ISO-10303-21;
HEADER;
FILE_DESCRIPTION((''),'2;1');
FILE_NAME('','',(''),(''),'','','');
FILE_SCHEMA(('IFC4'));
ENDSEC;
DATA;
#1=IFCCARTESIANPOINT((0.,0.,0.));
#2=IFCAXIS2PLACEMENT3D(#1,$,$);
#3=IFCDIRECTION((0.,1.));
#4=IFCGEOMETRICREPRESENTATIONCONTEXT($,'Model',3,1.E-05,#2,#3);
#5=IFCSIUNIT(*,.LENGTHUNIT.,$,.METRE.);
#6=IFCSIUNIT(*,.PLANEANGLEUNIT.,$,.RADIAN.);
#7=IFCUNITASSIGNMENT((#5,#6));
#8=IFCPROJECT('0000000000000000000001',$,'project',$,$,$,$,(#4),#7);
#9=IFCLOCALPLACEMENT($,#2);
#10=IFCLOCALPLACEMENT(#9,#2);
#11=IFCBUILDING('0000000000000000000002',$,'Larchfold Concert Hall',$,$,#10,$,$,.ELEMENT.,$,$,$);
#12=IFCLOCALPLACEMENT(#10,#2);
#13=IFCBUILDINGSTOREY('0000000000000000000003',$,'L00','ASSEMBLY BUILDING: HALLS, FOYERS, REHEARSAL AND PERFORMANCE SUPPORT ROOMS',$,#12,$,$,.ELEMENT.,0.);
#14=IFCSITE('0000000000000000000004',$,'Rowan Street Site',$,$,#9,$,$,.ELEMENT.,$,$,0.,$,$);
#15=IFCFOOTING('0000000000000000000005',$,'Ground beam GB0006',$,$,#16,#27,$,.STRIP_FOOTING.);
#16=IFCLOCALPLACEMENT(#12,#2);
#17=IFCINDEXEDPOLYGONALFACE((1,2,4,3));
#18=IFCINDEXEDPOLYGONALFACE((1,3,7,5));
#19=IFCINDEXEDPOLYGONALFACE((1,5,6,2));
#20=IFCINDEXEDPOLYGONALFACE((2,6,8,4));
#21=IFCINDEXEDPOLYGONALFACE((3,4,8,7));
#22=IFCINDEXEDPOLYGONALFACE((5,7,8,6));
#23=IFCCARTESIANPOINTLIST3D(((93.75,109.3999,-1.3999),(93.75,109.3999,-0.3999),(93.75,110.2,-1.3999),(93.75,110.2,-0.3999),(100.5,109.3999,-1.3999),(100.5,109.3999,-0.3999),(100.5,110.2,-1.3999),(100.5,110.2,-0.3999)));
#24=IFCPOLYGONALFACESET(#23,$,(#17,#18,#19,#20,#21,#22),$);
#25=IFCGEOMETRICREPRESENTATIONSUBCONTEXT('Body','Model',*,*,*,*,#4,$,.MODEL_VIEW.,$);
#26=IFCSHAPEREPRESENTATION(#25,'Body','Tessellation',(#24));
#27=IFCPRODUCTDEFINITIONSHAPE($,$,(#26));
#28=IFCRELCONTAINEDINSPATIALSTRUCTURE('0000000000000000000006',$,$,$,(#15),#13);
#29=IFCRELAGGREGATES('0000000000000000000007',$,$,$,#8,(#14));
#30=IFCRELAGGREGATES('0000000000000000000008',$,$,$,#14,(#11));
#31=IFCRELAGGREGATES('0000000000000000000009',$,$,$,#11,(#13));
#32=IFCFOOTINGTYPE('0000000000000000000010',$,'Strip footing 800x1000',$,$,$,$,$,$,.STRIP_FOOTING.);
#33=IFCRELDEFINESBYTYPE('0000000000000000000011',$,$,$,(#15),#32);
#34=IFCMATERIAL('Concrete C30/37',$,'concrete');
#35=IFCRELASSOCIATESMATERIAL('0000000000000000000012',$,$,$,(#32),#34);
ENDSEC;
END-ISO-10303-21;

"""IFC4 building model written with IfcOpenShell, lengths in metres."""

from ifc_helpers import new_model, si_unit, direction, frame, origin, place, context, subcontext, project, spatial, polyline, outline, extrude, material, type_object, element, save


model = new_model("IFC4")

# Units and contexts
model_context = context("Model", 3, precision=1e-05, world=origin(), true_north=direction((0.0, 1.0)))
body_context = subcontext(model_context, "Body", "Model", "MODEL_VIEW")
ifc_project = project(units=[si_unit("LENGTHUNIT", "METRE"), si_unit("PLANEANGLEUNIT", "RADIAN")], contexts=[model_context])

# Site, building, storey
site_placement = place(None, origin())
site = spatial("IfcSite", under=ifc_project, at=site_placement, Name="Rowan Street Site", CompositionType="ELEMENT", RefElevation=0.0)
building_placement = place(site_placement, origin())
building = spatial("IfcBuilding", under=site, at=building_placement, Name="Larchfold Concert Hall", CompositionType="ELEMENT")
storey_placement = place(building_placement, origin())
storey = spatial("IfcBuildingStorey", under=building, at=storey_placement, Name="L00", Description="ASSEMBLY BUILDING: HALLS, FOYERS, REHEARSAL AND PERFORMANCE SUPPORT ROOMS", CompositionType="ELEMENT", Elevation=0.0)

# Footing
ifc_material_1 = material(Name="Concrete C30/37", Category="concrete")
footing_type_1 = type_object("IfcFootingType", Name="Strip footing 800x1000", PredefinedType="STRIP_FOOTING", material=ifc_material_1)
footing_1_placement = place(storey_placement, frame((0.0, 0.0, -1.3999)))
element("IfcFooting", 1, at=footing_1_placement, inside=storey, type_object=footing_type_1, Name="Ground beam GB0006", PredefinedType="STRIP_FOOTING", context=body_context, shape_type="SweptSolid", body=[
    extrude(outline(polyline([(93.75, 110.2), (93.75, 109.3999), (100.5, 109.3999), (100.5, 110.2), (93.75, 110.2)])), origin(), (0.0, 0.0, 1.0), 1.0),
])

save(model, "model.ifc")
